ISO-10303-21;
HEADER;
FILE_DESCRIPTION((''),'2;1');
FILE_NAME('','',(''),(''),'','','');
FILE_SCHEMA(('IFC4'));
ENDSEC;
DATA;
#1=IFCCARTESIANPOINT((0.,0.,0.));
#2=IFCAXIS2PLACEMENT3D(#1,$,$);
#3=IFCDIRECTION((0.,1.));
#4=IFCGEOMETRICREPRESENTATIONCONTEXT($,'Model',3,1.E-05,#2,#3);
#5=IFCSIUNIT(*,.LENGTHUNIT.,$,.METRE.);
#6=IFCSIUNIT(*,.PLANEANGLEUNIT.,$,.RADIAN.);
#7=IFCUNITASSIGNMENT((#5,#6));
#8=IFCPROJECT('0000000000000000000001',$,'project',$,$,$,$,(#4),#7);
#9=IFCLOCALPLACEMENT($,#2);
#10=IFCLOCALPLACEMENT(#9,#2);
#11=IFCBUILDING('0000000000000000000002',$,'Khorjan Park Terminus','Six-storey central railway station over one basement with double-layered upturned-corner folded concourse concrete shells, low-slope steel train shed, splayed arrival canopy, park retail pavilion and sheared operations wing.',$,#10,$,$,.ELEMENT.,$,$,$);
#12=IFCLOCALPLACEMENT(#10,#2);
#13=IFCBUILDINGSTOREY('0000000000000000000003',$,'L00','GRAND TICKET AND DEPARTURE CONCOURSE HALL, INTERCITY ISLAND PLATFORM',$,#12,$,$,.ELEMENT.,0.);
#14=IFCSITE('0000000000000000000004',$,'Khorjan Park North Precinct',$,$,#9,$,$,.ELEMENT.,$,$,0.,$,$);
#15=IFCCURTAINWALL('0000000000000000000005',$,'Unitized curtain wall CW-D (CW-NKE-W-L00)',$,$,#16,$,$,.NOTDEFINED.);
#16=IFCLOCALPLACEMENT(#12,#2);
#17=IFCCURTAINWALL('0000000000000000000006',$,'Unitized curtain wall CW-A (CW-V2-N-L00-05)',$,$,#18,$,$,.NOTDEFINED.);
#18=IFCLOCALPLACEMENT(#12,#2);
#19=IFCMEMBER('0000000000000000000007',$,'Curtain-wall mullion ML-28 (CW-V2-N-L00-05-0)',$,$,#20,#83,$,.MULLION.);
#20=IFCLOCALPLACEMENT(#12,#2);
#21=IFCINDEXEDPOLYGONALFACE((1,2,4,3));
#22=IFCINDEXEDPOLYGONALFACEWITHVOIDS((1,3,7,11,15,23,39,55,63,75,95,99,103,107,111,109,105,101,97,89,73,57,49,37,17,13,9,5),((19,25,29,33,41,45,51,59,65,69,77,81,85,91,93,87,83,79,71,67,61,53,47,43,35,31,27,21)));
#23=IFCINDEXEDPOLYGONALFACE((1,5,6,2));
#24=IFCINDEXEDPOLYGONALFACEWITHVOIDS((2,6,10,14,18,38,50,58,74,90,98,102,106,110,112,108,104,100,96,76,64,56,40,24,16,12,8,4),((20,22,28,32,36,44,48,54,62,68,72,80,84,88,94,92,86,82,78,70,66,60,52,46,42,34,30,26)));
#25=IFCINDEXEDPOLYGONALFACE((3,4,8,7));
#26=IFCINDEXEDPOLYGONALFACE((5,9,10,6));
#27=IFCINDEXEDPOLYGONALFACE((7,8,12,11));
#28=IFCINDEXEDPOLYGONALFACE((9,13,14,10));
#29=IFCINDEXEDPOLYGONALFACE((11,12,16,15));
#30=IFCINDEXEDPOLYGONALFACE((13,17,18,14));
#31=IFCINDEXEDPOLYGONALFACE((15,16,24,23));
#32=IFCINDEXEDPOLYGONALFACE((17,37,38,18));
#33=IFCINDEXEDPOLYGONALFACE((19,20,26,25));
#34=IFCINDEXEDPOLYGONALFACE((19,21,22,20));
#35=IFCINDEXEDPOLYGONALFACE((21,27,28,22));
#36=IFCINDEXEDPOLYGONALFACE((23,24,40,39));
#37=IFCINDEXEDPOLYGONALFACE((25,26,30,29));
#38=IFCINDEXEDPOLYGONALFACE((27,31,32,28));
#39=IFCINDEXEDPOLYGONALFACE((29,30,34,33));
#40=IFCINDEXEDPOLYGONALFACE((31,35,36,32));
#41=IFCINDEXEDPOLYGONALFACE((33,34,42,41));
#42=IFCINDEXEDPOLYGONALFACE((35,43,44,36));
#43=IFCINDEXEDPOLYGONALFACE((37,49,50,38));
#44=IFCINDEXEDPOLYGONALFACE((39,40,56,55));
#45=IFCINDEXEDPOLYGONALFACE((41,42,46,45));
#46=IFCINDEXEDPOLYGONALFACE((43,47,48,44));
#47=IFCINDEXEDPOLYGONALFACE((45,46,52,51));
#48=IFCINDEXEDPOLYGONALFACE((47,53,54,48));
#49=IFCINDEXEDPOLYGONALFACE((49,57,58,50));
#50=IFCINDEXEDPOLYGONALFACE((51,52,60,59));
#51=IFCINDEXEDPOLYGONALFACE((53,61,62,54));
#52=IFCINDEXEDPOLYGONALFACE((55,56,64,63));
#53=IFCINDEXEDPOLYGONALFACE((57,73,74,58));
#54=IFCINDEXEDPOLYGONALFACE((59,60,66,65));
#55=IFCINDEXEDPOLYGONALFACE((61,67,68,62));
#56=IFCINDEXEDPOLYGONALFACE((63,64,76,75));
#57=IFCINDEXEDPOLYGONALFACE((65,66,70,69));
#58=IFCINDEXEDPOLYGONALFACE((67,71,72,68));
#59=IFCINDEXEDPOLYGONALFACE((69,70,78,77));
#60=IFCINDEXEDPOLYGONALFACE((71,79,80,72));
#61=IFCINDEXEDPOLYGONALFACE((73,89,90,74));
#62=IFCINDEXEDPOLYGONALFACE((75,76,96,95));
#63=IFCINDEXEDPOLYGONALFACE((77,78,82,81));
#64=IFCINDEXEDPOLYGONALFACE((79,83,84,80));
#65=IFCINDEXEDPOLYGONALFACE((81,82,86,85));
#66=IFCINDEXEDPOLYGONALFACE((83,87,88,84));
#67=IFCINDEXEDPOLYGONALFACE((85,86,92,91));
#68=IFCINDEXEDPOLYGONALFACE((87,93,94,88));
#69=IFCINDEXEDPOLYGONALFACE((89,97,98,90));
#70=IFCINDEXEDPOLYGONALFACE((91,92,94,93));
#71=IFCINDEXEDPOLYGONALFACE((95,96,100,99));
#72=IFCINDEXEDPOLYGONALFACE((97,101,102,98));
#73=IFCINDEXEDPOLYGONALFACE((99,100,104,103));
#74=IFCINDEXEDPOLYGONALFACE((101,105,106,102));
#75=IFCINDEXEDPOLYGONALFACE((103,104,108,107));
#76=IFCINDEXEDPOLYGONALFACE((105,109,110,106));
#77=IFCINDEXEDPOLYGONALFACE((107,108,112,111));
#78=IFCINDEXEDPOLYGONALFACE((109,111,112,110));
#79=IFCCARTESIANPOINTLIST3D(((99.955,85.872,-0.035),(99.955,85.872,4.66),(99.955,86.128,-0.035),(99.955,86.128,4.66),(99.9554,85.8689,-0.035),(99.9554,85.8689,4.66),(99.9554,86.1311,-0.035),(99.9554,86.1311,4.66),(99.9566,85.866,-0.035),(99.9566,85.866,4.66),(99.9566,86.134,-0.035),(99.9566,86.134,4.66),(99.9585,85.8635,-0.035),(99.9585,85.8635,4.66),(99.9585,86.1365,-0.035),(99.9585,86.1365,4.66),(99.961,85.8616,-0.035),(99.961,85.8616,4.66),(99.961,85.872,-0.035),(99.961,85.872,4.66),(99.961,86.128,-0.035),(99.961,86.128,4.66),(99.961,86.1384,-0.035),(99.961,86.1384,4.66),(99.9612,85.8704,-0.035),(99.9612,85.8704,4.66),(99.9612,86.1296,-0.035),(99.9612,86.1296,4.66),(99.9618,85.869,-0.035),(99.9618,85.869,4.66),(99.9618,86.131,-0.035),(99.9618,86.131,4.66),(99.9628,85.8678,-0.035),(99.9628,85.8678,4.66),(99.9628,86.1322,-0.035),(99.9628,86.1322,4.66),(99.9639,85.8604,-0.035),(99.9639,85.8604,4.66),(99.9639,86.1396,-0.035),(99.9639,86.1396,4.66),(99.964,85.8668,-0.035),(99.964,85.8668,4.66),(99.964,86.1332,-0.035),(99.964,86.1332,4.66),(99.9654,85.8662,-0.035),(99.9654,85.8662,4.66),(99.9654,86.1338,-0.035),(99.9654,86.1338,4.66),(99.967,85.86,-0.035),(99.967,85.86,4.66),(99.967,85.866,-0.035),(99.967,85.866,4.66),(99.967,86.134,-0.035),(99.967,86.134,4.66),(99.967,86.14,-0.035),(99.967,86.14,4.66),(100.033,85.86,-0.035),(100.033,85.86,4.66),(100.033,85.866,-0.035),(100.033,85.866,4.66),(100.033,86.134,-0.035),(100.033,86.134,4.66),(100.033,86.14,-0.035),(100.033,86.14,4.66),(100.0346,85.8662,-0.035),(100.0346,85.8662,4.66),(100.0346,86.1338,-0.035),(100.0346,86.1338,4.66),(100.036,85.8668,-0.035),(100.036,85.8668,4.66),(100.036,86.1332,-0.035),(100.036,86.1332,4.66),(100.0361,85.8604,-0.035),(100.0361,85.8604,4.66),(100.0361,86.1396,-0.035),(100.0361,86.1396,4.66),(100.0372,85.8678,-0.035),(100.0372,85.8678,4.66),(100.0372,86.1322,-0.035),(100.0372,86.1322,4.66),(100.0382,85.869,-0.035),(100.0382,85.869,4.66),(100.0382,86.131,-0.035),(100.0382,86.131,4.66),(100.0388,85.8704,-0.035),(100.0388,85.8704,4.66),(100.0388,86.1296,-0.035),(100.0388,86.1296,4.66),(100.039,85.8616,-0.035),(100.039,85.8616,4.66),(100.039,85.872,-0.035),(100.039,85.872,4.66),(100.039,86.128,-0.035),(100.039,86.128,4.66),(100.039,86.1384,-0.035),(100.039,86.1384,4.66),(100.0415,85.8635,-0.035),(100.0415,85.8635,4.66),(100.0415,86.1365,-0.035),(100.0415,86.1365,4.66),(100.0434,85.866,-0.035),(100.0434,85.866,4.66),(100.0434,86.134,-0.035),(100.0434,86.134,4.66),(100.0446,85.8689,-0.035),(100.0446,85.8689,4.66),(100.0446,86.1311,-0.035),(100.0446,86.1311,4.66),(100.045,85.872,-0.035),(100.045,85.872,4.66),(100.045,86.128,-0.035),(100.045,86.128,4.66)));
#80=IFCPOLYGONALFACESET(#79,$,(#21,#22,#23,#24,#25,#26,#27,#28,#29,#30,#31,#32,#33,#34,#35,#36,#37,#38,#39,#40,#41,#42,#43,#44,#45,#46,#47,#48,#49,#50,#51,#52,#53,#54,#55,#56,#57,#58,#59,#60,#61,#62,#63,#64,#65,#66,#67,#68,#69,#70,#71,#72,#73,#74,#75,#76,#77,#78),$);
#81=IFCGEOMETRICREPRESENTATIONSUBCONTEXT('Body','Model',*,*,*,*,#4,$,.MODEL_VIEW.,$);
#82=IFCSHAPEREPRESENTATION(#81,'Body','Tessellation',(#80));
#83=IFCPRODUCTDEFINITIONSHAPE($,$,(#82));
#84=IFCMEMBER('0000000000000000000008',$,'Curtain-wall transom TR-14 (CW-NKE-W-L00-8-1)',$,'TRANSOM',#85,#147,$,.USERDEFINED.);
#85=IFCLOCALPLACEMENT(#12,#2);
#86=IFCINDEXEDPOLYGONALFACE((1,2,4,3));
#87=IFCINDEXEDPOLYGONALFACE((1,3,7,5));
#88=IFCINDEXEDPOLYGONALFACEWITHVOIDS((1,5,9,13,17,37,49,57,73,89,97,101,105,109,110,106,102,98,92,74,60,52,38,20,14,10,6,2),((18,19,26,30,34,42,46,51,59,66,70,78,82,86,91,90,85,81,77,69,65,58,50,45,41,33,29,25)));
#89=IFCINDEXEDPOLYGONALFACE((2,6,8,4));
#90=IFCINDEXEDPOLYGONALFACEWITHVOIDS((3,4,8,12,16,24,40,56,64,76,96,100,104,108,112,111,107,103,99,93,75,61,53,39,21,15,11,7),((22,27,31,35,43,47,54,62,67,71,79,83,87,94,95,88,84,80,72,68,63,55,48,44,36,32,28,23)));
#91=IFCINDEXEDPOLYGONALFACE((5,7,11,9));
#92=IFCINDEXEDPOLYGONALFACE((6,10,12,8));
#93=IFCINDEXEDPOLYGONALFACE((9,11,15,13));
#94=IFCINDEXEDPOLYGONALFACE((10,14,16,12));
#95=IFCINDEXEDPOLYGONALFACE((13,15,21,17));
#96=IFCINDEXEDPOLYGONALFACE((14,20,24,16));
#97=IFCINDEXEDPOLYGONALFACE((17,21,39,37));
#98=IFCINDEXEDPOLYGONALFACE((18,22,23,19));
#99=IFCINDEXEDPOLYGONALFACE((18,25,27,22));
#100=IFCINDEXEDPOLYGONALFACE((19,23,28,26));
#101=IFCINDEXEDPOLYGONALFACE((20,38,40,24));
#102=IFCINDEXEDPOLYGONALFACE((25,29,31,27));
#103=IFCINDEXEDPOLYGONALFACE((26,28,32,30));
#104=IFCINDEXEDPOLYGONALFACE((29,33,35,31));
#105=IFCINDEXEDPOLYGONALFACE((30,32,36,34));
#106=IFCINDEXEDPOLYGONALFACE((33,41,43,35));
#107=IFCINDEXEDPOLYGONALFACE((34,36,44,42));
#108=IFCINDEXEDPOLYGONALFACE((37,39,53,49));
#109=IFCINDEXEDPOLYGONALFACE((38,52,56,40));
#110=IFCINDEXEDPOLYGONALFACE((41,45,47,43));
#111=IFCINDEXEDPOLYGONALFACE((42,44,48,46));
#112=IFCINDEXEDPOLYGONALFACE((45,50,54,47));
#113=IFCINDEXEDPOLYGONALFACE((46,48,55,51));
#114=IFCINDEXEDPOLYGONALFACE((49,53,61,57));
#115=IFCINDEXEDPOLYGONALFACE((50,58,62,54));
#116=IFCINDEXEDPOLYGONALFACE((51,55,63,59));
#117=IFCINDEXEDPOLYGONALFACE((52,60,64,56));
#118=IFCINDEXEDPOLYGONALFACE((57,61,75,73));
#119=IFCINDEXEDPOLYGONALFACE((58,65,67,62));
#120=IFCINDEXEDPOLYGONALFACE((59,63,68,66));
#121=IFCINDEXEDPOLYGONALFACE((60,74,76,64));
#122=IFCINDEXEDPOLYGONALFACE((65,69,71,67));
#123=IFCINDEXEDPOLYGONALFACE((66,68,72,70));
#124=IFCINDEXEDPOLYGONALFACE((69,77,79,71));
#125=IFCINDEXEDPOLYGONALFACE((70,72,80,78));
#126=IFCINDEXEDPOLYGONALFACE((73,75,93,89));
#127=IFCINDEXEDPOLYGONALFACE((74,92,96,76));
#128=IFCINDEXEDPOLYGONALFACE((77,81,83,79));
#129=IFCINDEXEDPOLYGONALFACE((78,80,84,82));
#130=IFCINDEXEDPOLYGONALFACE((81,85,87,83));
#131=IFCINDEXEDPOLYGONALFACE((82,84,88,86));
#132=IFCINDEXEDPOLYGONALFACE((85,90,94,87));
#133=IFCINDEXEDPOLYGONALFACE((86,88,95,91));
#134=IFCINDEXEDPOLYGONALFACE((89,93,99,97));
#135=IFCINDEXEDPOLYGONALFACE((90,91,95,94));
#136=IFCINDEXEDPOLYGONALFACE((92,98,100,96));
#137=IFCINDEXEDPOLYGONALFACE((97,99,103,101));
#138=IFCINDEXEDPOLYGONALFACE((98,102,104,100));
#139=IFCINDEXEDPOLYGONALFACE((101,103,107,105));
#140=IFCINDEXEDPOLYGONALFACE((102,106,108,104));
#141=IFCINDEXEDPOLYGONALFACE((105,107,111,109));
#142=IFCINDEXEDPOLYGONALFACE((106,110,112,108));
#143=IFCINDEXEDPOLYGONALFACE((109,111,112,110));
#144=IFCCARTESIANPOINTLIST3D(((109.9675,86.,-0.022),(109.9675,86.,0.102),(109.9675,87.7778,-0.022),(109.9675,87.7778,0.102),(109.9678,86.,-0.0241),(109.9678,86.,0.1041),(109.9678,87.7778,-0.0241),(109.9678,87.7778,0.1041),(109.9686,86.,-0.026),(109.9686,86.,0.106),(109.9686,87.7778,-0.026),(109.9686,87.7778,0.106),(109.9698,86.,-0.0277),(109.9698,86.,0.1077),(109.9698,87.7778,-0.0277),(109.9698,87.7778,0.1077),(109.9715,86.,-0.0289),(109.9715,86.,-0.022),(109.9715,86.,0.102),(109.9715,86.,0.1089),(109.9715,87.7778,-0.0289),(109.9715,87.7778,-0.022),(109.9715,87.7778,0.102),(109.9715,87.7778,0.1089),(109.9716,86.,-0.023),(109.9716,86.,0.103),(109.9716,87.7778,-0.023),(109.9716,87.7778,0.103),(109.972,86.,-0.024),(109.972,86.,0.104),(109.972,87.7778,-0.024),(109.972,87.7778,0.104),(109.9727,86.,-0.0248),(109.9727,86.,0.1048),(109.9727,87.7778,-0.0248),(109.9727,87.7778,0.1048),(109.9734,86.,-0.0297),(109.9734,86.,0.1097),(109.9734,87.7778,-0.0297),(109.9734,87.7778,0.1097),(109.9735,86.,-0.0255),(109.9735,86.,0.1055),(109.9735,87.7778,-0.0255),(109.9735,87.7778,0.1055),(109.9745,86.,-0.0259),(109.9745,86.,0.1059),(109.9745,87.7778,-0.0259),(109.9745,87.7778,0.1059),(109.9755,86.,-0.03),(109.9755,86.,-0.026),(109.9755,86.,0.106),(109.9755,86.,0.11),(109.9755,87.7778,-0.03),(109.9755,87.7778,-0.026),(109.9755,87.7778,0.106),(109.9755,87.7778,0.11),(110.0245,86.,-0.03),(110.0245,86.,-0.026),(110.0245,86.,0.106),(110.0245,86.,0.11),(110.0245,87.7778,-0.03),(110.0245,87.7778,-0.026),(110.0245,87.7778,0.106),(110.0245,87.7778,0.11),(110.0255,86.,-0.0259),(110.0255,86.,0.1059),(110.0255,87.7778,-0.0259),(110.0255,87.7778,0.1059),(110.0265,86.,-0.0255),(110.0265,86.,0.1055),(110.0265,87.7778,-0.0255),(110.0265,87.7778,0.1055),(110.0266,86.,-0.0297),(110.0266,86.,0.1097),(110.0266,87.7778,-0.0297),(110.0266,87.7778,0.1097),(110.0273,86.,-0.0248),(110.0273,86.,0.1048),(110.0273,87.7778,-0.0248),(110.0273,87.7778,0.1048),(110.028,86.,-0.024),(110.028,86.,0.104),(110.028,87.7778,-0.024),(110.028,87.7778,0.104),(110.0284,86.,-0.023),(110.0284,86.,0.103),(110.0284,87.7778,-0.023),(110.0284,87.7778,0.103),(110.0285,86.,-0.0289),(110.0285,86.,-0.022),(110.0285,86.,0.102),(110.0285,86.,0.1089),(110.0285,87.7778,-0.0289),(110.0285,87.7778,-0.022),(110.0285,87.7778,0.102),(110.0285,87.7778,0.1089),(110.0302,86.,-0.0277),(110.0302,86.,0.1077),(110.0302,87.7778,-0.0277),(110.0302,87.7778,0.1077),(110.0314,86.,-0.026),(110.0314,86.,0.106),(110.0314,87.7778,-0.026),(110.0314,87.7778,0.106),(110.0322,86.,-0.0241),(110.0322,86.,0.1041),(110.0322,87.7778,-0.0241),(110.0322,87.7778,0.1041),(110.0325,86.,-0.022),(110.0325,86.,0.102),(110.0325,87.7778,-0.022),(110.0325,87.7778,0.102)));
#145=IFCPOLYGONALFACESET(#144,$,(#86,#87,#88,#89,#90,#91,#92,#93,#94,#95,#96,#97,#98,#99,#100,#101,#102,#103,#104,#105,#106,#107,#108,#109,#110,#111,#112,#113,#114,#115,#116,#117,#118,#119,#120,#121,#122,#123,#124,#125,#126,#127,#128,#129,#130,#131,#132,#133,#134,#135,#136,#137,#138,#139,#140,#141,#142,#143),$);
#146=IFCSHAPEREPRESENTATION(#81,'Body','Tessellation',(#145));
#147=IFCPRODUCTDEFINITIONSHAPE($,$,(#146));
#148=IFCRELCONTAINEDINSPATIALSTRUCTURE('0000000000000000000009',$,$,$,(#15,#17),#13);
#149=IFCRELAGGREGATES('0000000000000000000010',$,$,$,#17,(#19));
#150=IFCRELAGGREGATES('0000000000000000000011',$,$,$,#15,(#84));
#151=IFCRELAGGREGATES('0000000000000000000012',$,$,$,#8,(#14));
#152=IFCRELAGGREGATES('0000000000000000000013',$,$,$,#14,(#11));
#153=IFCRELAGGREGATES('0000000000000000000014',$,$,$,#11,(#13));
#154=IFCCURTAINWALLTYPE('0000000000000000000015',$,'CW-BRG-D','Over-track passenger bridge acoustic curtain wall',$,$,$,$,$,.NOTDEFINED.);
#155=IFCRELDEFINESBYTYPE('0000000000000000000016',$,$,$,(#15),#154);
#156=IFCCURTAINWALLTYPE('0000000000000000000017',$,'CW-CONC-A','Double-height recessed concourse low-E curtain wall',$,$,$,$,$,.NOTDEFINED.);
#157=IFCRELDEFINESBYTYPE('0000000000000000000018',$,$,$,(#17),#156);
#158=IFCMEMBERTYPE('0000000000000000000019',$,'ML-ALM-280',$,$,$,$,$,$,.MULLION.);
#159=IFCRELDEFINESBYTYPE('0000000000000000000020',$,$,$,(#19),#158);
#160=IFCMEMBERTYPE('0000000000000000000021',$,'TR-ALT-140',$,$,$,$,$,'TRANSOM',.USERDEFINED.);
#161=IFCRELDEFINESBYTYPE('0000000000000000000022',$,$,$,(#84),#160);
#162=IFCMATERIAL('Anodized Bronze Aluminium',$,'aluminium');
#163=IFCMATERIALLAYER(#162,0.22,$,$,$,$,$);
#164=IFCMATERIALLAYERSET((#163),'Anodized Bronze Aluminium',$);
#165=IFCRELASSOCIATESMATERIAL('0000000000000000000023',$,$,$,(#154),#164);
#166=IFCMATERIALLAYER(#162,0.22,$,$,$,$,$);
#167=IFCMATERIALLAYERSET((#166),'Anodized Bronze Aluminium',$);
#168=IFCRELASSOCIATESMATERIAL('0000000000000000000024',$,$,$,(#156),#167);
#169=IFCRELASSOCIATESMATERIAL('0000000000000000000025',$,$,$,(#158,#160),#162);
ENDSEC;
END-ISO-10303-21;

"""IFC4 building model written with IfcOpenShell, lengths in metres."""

from ifc_helpers import new_model, si_unit, direction, frame, origin, origin_2d, place, context, subcontext, project, spatial, hollow_rectangle, extrude, material, layer, layer_set, material_profile, profile_set, type_object, element, aggregate, save


model = new_model("IFC4")

# Units and contexts
model_context = context("Model", 3, precision=1e-05, world=origin(), true_north=direction((0.0, 1.0)))
body_context = subcontext(model_context, "Body", "Model", "MODEL_VIEW")
ifc_project = project(units=[si_unit("LENGTHUNIT", "METRE"), si_unit("PLANEANGLEUNIT", "RADIAN")], contexts=[model_context])

# Site, building, storey
site_placement = place(None, origin())
site = spatial("IfcSite", under=ifc_project, at=site_placement, Name="Khorjan Park North Precinct", CompositionType="ELEMENT", RefElevation=0.0)
building_placement = place(site_placement, origin())
building = spatial("IfcBuilding", under=site, at=building_placement, Name="Khorjan Park Terminus", Description="Six-storey central railway station over one basement with double-layered upturned-corner folded concourse concrete shells, low-slope steel train shed, splayed arrival canopy, park retail pavilion and sheared operations wing.", CompositionType="ELEMENT")
storey_placement = place(building_placement, origin())
storey = spatial("IfcBuildingStorey", under=building, at=storey_placement, Name="L00", Description="GRAND TICKET AND DEPARTURE CONCOURSE HALL, INTERCITY ISLAND PLATFORM", CompositionType="ELEMENT", Elevation=0.0)

# Curtain wall
ifc_material_1 = material(Name="Anodized Bronze Aluminium", Category="aluminium")
ifc_layer_1 = layer(ifc_material_1, 0.22)
ifc_layer_set_1 = layer_set([ifc_layer_1], Name="Anodized Bronze Aluminium")
curtain_wall_type_1 = type_object("IfcCurtainWallType", Name="CW-BRG-D", Description="Over-track passenger bridge acoustic curtain wall", PredefinedType="NOTDEFINED", material=ifc_layer_set_1)
curtain_wall_1_placement = place(storey_placement, origin())
curtain_wall_1 = element("IfcCurtainWall", 1, at=curtain_wall_1_placement, inside=storey, type_object=curtain_wall_type_1, Name="Unitized curtain wall CW-D (CW-NKE-W-L00)", PredefinedType="NOTDEFINED")

# Curtain wall, member
ifc_layer_2 = layer(ifc_material_1, 0.22)
ifc_layer_set_2 = layer_set([ifc_layer_2], Name="Anodized Bronze Aluminium")
curtain_wall_type_2 = type_object("IfcCurtainWallType", Name="CW-CONC-A", Description="Double-height recessed concourse low-E curtain wall", PredefinedType="NOTDEFINED", material=ifc_layer_set_2)
curtain_wall_2_placement = place(storey_placement, origin())
curtain_wall_2 = element("IfcCurtainWall", 2, at=curtain_wall_2_placement, inside=storey, type_object=curtain_wall_type_2, Name="Unitized curtain wall CW-A (CW-V2-N-L00-05)", PredefinedType="NOTDEFINED")
ifc_material_profile_1 = material_profile(ifc_material_1, hollow_rectangle(XDim=0.09, YDim=0.28, WallThickness=0.006, InnerFilletRadius=0.006, OuterFilletRadius=0.012, at=origin_2d()), Name="ALM 90x280x6")
ifc_profile_set_1 = profile_set([ifc_material_profile_1], Name="Anodized Bronze Aluminium")
member_type_1 = type_object("IfcMemberType", Name="ML-ALM-280", PredefinedType="MULLION", material=ifc_profile_set_1)
member_1_placement = place(storey_placement, frame((100.0, 86.0, -0.035), z_axis=(0.0, 0.0, 1.0), x_axis=(-1.0, 0.0, 0.0)))
member_1 = element("IfcMember", 3, at=member_1_placement, type_object=member_type_1, Name="Curtain-wall mullion ML-28 (CW-V2-N-L00-05-0)", PredefinedType="MULLION", context=body_context, shape_type="SweptSolid", body=[
    extrude(hollow_rectangle(XDim=0.09, YDim=0.28, WallThickness=0.006, InnerFilletRadius=0.006, OuterFilletRadius=0.012, at=origin_2d()), origin(), (0.0, 0.0, 1.0), 4.695),
])

# Member
ifc_material_profile_2 = material_profile(ifc_material_1, hollow_rectangle(XDim=0.065, YDim=0.14, WallThickness=0.004, InnerFilletRadius=0.004, OuterFilletRadius=0.008, at=origin_2d()), Name="ALT 65x140x4")
ifc_profile_set_2 = profile_set([ifc_material_profile_2], Name="Anodized Bronze Aluminium")
member_type_2 = type_object("IfcMemberType", Name="TR-ALT-140", ElementType="TRANSOM", PredefinedType="USERDEFINED", material=ifc_profile_set_2)
member_2_placement = place(storey_placement, frame((110.0, 87.7778, 0.04), z_axis=(0.0, -1.0, 0.0), x_axis=(1.0, 0.0, 0.0)))
member_2 = element("IfcMember", 4, at=member_2_placement, type_object=member_type_2, Name="Curtain-wall transom TR-14 (CW-NKE-W-L00-8-1)", ObjectType="TRANSOM", PredefinedType="USERDEFINED", context=body_context, shape_type="SweptSolid", body=[
    extrude(hollow_rectangle(XDim=0.065, YDim=0.14, WallThickness=0.004, InnerFilletRadius=0.004, OuterFilletRadius=0.008, at=origin_2d()), origin(), (0.0, 0.0, 1.0), 1.7778),
])

aggregate(curtain_wall_2, [member_1])
aggregate(curtain_wall_1, [member_2])

save(model, "model.ifc")
